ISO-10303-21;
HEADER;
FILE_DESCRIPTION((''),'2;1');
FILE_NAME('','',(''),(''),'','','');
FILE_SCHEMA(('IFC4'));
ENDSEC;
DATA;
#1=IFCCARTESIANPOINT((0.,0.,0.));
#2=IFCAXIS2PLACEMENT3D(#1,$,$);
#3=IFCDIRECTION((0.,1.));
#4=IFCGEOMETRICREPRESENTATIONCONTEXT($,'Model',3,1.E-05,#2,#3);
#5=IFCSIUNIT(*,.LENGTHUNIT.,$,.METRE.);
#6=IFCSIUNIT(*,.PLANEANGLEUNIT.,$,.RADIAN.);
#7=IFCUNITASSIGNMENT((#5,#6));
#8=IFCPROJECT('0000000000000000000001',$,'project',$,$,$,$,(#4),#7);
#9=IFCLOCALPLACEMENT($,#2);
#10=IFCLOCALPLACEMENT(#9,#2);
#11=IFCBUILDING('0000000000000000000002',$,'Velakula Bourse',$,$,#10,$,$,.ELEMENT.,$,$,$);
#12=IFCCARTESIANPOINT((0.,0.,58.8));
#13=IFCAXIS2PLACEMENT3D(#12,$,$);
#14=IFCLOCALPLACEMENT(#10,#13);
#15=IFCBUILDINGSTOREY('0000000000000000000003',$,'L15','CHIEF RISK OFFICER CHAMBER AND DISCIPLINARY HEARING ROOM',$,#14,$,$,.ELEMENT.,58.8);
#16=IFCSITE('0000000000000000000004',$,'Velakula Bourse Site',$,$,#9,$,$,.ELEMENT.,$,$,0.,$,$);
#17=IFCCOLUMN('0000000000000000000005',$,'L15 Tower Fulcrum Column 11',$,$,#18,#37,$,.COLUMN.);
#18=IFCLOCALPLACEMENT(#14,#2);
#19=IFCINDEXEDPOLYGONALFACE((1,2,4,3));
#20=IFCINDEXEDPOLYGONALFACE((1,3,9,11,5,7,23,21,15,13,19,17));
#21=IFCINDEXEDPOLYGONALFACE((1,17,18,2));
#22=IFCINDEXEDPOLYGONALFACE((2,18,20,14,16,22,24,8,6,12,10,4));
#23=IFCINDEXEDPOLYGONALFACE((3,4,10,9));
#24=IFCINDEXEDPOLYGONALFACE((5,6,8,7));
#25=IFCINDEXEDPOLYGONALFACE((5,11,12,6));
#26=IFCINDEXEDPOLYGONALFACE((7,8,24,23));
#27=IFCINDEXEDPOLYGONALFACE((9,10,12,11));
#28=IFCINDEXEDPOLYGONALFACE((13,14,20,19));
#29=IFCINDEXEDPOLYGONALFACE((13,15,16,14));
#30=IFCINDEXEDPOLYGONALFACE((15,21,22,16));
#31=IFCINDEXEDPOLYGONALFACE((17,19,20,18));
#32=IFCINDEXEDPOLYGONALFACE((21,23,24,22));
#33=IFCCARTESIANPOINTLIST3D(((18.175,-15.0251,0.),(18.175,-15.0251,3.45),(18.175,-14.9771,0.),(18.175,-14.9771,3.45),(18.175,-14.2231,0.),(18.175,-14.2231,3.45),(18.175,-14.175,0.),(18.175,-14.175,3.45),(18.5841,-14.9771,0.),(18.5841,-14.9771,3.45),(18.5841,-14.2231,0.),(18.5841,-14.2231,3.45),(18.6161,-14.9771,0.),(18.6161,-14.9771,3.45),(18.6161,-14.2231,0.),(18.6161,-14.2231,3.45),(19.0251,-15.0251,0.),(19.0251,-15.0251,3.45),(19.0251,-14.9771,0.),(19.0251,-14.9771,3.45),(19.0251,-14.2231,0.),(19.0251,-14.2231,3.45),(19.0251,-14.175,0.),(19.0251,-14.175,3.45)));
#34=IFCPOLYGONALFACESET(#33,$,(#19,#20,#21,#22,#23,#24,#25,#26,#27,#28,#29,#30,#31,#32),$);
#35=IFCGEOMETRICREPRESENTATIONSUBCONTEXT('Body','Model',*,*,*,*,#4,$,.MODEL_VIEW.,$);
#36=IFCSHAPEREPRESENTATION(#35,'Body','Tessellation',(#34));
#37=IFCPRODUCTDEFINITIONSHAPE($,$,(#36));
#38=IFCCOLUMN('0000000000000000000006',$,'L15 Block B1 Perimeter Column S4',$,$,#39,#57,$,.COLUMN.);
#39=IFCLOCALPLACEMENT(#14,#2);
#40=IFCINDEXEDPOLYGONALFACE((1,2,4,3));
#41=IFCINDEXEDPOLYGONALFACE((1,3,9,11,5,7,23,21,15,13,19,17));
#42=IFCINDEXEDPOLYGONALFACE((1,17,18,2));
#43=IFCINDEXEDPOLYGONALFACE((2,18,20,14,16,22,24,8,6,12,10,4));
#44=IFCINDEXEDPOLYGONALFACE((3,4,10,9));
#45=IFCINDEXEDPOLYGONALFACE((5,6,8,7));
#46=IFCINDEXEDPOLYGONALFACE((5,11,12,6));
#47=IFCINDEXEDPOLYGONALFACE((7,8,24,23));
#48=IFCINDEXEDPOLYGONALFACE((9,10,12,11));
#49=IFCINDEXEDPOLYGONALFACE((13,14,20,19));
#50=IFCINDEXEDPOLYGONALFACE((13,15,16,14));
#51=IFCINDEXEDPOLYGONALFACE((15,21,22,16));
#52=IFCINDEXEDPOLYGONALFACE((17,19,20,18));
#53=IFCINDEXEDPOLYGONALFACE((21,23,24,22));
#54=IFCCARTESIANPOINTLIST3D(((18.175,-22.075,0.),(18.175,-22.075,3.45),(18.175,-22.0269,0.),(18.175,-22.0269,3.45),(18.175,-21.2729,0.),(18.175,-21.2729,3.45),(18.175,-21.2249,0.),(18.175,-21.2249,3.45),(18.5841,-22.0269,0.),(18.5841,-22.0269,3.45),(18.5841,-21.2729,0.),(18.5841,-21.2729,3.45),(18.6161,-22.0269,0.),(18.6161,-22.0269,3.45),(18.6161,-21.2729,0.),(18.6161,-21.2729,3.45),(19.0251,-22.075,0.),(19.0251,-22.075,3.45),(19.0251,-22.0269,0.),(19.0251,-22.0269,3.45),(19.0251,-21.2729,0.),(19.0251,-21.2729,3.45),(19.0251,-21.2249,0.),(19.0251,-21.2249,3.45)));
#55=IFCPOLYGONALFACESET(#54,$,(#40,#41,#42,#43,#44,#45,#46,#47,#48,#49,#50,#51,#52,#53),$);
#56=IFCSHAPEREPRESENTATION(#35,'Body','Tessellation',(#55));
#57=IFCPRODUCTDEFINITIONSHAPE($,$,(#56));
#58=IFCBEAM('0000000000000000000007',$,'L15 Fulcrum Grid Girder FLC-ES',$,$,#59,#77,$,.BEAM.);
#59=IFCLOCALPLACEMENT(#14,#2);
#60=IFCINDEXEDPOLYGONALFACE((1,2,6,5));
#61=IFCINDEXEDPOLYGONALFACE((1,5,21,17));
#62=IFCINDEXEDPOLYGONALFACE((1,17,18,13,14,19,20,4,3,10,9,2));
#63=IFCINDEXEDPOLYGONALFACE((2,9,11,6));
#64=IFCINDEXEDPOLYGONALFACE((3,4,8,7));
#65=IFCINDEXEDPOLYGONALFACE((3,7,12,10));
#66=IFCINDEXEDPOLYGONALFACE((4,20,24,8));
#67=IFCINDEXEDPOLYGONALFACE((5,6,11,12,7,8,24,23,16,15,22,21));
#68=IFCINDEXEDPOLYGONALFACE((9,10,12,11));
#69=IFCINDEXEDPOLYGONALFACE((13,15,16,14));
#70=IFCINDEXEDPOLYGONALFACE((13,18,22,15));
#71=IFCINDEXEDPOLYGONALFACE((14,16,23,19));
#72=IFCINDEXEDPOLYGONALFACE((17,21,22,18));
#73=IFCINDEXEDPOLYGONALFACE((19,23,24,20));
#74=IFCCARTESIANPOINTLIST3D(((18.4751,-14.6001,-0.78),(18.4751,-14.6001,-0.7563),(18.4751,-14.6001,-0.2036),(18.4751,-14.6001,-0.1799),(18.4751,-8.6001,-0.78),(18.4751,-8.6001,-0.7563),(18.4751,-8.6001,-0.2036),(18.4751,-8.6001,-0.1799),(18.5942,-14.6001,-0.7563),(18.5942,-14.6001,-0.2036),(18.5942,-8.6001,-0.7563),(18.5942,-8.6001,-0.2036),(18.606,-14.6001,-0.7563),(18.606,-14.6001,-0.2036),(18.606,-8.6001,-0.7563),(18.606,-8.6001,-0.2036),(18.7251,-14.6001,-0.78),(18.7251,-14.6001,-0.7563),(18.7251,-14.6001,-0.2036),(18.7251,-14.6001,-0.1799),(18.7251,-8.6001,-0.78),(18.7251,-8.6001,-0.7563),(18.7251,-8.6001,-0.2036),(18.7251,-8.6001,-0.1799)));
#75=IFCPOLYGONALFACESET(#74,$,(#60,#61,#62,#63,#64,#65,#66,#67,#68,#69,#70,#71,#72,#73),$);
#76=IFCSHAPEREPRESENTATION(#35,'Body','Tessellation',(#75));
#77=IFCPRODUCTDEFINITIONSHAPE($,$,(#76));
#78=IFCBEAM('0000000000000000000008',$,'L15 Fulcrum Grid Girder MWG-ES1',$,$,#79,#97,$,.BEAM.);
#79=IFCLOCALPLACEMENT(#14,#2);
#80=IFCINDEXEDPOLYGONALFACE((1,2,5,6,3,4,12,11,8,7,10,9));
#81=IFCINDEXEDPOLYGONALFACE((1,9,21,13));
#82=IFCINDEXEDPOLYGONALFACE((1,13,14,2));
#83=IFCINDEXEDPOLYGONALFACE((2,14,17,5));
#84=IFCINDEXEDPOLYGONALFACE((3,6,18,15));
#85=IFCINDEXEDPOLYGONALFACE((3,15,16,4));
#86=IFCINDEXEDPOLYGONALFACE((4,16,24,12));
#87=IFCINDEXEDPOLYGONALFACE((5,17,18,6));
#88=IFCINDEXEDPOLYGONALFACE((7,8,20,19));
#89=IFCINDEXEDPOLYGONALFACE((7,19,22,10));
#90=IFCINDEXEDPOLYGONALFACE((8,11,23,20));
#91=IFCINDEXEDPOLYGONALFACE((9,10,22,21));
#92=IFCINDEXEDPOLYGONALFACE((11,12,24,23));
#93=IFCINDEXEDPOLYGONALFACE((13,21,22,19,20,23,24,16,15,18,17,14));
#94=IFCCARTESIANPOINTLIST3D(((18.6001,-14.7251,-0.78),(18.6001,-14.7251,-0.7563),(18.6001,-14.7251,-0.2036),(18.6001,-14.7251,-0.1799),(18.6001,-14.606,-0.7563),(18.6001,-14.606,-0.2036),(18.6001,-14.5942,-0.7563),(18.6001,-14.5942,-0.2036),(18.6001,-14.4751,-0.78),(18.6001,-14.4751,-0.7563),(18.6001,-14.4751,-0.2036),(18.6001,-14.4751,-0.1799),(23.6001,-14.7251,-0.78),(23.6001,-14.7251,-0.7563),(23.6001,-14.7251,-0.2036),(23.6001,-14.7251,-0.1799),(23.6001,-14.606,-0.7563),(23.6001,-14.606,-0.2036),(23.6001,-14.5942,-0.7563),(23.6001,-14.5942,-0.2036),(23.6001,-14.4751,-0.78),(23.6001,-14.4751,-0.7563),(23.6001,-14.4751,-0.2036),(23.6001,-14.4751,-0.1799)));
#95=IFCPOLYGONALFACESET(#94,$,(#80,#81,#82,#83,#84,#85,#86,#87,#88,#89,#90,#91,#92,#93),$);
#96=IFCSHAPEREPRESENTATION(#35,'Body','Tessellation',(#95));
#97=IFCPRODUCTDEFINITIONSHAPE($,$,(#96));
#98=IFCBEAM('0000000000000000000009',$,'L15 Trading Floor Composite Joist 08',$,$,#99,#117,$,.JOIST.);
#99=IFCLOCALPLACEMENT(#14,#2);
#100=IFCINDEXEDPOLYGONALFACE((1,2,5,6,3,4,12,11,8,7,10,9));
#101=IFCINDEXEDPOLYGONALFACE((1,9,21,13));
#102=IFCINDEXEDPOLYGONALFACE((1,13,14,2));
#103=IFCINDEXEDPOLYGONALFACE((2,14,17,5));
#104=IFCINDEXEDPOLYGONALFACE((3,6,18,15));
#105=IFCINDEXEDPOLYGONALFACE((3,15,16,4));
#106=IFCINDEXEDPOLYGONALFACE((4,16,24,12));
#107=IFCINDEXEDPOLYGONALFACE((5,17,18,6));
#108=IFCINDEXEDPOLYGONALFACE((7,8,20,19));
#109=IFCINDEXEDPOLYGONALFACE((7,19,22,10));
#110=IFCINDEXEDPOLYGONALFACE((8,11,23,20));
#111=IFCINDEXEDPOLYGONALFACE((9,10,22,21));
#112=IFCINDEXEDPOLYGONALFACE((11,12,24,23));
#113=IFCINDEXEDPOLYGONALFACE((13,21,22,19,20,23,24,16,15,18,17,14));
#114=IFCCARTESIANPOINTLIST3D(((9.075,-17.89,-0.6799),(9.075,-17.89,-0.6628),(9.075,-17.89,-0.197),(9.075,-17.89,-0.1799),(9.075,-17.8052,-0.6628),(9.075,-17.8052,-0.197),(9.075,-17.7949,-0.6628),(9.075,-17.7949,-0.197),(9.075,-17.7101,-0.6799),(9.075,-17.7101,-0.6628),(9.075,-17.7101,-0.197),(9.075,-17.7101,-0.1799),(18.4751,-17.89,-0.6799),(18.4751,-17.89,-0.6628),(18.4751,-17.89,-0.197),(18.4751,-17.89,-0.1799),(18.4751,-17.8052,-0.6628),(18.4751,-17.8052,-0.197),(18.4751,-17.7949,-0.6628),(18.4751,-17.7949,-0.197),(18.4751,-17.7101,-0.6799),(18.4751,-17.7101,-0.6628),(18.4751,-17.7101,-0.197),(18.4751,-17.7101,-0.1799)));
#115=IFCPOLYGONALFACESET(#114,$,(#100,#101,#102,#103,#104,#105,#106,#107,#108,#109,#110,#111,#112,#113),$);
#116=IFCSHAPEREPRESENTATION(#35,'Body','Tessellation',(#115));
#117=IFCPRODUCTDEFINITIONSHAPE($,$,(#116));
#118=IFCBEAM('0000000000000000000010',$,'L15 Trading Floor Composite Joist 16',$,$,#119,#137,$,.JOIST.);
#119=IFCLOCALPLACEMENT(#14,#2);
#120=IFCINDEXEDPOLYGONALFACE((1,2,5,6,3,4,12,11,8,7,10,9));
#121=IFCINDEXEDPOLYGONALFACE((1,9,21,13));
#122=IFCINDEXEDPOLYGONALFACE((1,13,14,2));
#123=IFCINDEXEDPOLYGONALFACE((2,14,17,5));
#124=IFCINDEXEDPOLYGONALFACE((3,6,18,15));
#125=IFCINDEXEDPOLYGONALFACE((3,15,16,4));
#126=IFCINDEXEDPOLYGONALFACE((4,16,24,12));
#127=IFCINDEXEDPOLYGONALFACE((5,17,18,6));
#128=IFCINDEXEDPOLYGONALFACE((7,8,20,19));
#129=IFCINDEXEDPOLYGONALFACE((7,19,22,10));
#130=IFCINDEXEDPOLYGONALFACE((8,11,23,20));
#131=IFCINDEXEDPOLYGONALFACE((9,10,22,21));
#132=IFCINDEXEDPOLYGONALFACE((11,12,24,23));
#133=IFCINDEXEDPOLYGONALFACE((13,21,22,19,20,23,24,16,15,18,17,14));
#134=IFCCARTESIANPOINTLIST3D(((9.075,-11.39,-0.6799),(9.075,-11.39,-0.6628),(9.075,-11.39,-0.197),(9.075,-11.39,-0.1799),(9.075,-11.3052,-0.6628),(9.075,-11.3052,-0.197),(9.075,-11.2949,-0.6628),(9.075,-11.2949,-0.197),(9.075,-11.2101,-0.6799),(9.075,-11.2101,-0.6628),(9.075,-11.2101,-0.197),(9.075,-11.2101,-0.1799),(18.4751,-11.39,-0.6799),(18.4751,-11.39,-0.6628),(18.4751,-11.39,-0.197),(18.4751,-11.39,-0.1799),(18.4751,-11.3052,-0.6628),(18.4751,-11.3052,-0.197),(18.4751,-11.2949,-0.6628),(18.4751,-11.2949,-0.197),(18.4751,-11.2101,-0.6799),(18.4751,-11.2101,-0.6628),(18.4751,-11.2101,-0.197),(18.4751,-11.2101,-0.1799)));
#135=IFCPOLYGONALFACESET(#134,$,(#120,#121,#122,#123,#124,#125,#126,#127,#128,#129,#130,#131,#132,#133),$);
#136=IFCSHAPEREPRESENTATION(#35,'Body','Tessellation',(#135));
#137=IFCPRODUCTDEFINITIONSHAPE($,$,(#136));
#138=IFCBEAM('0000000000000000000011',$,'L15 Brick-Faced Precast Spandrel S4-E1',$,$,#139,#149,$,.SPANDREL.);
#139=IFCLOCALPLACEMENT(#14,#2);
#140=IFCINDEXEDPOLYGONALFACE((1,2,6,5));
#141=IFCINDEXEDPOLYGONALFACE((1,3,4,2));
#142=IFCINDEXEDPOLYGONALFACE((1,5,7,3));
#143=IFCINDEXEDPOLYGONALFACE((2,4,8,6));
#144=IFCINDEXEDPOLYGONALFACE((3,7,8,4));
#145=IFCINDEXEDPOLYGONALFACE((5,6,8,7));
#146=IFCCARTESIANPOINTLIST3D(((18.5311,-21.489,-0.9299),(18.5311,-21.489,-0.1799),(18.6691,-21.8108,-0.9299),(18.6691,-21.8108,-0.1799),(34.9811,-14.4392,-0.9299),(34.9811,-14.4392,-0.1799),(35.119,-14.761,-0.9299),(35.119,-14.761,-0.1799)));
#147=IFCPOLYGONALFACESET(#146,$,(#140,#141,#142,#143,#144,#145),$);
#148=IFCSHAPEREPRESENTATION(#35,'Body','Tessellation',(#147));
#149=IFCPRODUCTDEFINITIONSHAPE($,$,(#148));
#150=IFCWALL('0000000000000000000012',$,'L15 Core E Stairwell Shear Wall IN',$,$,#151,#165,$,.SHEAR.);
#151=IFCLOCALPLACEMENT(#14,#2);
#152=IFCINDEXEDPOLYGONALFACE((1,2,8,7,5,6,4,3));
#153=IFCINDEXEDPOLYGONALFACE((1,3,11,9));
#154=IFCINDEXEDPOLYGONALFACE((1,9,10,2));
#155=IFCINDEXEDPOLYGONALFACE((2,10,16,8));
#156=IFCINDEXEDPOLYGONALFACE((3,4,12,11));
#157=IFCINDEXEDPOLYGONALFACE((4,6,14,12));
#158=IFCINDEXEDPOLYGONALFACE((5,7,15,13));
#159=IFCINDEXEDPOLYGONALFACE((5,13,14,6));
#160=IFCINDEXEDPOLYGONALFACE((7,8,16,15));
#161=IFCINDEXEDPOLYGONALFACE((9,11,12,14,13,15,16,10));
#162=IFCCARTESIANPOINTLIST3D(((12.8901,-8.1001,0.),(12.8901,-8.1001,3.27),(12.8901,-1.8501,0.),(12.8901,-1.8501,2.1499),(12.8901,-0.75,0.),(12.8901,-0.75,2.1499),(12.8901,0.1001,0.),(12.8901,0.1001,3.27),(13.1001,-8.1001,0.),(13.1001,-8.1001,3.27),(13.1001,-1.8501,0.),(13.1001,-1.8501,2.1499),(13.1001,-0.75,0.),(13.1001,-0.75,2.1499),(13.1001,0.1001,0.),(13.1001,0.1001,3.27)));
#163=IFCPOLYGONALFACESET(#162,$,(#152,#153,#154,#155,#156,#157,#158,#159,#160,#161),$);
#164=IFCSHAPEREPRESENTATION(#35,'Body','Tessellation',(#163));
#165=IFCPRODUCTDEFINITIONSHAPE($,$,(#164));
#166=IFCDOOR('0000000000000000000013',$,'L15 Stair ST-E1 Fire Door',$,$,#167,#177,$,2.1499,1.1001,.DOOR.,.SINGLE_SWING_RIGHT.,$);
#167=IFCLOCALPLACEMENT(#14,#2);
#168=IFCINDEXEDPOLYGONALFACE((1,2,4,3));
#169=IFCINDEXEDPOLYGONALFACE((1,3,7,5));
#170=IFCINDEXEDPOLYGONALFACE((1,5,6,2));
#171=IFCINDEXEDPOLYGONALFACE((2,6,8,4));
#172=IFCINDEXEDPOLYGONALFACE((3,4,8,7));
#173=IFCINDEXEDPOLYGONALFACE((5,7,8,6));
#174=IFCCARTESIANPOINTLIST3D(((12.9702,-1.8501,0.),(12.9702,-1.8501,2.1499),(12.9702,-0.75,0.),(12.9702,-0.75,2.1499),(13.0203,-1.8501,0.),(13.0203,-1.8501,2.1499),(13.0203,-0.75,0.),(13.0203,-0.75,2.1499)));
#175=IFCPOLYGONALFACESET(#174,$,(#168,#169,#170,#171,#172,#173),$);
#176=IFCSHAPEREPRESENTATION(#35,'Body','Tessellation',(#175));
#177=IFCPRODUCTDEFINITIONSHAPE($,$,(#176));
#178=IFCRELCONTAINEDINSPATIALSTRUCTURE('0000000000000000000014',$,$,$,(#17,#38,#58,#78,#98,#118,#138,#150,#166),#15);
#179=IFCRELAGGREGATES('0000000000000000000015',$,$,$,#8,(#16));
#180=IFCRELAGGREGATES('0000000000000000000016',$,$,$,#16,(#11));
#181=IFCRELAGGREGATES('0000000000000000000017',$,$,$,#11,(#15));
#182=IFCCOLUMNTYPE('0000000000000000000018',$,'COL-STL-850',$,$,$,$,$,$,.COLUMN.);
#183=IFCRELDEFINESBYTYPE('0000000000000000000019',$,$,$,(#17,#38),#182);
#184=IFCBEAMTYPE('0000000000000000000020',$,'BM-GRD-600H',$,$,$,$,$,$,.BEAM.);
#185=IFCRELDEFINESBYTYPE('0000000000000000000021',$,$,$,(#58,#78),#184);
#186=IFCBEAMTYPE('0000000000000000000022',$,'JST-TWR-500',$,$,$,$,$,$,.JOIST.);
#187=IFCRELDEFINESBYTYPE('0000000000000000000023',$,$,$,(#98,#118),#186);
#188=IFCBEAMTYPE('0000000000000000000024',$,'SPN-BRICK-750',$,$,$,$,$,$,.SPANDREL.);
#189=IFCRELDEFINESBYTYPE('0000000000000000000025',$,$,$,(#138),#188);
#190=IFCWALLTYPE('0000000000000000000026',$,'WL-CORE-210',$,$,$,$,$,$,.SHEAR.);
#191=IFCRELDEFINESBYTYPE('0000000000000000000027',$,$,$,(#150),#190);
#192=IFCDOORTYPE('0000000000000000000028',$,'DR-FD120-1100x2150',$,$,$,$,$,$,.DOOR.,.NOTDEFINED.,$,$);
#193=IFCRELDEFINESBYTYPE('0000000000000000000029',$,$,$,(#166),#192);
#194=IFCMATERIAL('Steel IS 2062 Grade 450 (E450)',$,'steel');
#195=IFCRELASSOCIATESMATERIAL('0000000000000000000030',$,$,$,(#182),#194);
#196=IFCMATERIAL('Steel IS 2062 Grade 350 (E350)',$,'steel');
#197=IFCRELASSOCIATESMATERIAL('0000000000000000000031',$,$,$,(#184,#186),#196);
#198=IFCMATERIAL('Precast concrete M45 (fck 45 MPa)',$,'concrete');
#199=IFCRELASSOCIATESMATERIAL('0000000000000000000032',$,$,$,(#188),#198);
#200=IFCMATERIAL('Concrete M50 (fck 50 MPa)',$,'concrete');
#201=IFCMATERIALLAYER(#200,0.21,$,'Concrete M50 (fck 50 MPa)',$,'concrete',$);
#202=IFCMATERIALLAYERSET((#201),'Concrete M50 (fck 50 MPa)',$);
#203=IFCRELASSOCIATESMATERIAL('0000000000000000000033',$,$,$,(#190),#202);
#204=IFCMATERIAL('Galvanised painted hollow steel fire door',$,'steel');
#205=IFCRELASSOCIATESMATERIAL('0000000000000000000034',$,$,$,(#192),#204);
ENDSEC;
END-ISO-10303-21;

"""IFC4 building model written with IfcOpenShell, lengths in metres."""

from ifc_helpers import new_model, si_unit, direction, frame, frame_2d, origin, origin_2d, place, context, subcontext, project, spatial, rectangle, i_section, extrude, material, layer, layer_set, material_profile, profile_set, type_object, element, fill, save


model = new_model("IFC4")

# Units and contexts
model_context = context("Model", 3, precision=1e-05, world=origin(), true_north=direction((0.0, 1.0)))
body_context = subcontext(model_context, "Body", "Model", "MODEL_VIEW")
ifc_project = project(units=[si_unit("LENGTHUNIT", "METRE"), si_unit("PLANEANGLEUNIT", "RADIAN")], contexts=[model_context])

# Site, building, storey
site_placement = place(None, origin())
site = spatial("IfcSite", under=ifc_project, at=site_placement, Name="Velakula Bourse Site", CompositionType="ELEMENT", RefElevation=0.0)
building_placement = place(site_placement, origin())
building = spatial("IfcBuilding", under=site, at=building_placement, Name="Velakula Bourse", CompositionType="ELEMENT")
storey_placement = place(building_placement, frame((0.0, 0.0, 58.8)))
storey = spatial("IfcBuildingStorey", under=building, at=storey_placement, Name="L15", Description="CHIEF RISK OFFICER CHAMBER AND DISCIPLINARY HEARING ROOM", CompositionType="ELEMENT", Elevation=58.8)

# Columns
ifc_material_1 = material(Name="Steel IS 2062 Grade 450 (E450)", Category="steel")
ifc_material_profile_1 = material_profile(ifc_material_1, i_section(OverallWidth=0.8501, OverallDepth=0.8501, WebThickness=0.032, FlangeThickness=0.0481, at=origin_2d()), Name="Steel IS 2062 Grade 450 (E450)")
ifc_profile_set_1 = profile_set([ifc_material_profile_1], Name="Steel IS 2062 Grade 450 (E450)")
column_type = type_object("IfcColumnType", Name="COL-STL-850", PredefinedType="COLUMN", material=ifc_profile_set_1)
for number, where, z_axis, x_axis, name in (
    (1, (18.6001, -14.6001, 0.0), (0.0, 0.0, 1.0), (1.0, 0.0, 0.0), "L15 Tower Fulcrum Column 11"),
    (2, (18.6001, -21.6499, 0.0), (0.0, 0.0, 1.0), (1.0, 0.0, 0.0), "L15 Block B1 Perimeter Column S4"),
):
    element("IfcColumn", number, at=place(storey_placement, frame(where, z_axis=z_axis, x_axis=x_axis)), inside=storey, type_object=column_type, Name=name, PredefinedType="COLUMN", context=body_context, shape_type="SweptSolid", body=[
        extrude(i_section(OverallWidth=0.8501, OverallDepth=0.8501, WebThickness=0.032, FlangeThickness=0.0481, at=origin_2d()), origin(), (0.0, 0.0, 1.0), 3.45),
    ])

# Beams
ifc_material_2 = material(Name="Steel IS 2062 Grade 350 (E350)", Category="steel")
ifc_material_profile_2 = material_profile(ifc_material_2, i_section(OverallWidth=0.25, OverallDepth=0.6001, WebThickness=0.0117, FlangeThickness=0.0237, at=origin_2d()), Name="Steel IS 2062 Grade 350 (E350)")
ifc_profile_set_2 = profile_set([ifc_material_profile_2], Name="Steel IS 2062 Grade 350 (E350)")
beam_type_1 = type_object("IfcBeamType", Name="BM-GRD-600H", PredefinedType="BEAM", material=ifc_profile_set_2)
beam_1_placement = place(storey_placement, frame((18.6001, -14.6001, -0.48), z_axis=(0.0, 1.0, 0.0), x_axis=(-1.0, 0.0, 0.0)))
element("IfcBeam", 3, at=beam_1_placement, inside=storey, type_object=beam_type_1, Name="L15 Fulcrum Grid Girder FLC-ES", PredefinedType="BEAM", context=body_context, shape_type="SweptSolid", body=[
    extrude(i_section(OverallWidth=0.25, OverallDepth=0.6001, WebThickness=0.0117, FlangeThickness=0.0237, at=origin_2d()), origin(), (0.0, 0.0, 1.0), 6.0),
])
beam_2_placement = place(storey_placement, frame((18.6001, -14.6001, -0.48), z_axis=(1.0, 0.0, 0.0), x_axis=(0.0, 1.0, 0.0)))
element("IfcBeam", 4, at=beam_2_placement, inside=storey, type_object=beam_type_1, Name="L15 Fulcrum Grid Girder MWG-ES1", PredefinedType="BEAM", context=body_context, shape_type="SweptSolid", body=[
    extrude(i_section(OverallWidth=0.25, OverallDepth=0.6001, WebThickness=0.0117, FlangeThickness=0.0237, at=origin_2d()), origin(), (0.0, 0.0, 1.0), 5.0),
])
ifc_material_profile_3 = material_profile(ifc_material_2, i_section(OverallWidth=0.1799, OverallDepth=0.5, WebThickness=0.0103, FlangeThickness=0.0171, at=origin_2d()), Name="Steel IS 2062 Grade 350 (E350)")
ifc_profile_set_3 = profile_set([ifc_material_profile_3], Name="Steel IS 2062 Grade 350 (E350)")
beam_type_2 = type_object("IfcBeamType", Name="JST-TWR-500", PredefinedType="JOIST", material=ifc_profile_set_3)
for number, where, z_axis, x_axis, name in (
    (5, (9.075, -17.8, -0.4299), (1.0, 0.0, 0.0), (0.0, 1.0, 0.0), "L15 Trading Floor Composite Joist 08"),
    (6, (9.075, -11.3, -0.4299), (1.0, 0.0, 0.0), (0.0, 1.0, 0.0), "L15 Trading Floor Composite Joist 16"),
):
    element("IfcBeam", number, at=place(storey_placement, frame(where, z_axis=z_axis, x_axis=x_axis)), inside=storey, type_object=beam_type_2, Name=name, PredefinedType="JOIST", context=body_context, shape_type="SweptSolid", body=[
        extrude(i_section(OverallWidth=0.1799, OverallDepth=0.5, WebThickness=0.0103, FlangeThickness=0.0171, at=origin_2d()), origin(), (0.0, 0.0, 1.0), 9.4001),
    ])
ifc_material_3 = material(Name="Precast concrete M45 (fck 45 MPa)", Category="concrete")
ifc_material_profile_4 = material_profile(ifc_material_3, rectangle(XDim=0.3501, YDim=0.75, at=origin_2d()), Name="Precast concrete M45 (fck 45 MPa)")
ifc_profile_set_4 = profile_set([ifc_material_profile_4], Name="Precast concrete M45 (fck 45 MPa)")
beam_type_3 = type_object("IfcBeamType", Name="SPN-BRICK-750", PredefinedType="SPANDREL", material=ifc_profile_set_4)
beam_3_placement = place(storey_placement, frame((18.6001, -21.6499, -0.5549), z_axis=(0.919149, 0.393911, 0.0), x_axis=(-0.393911, 0.919149, 0.0)))
element("IfcBeam", 7, at=beam_3_placement, inside=storey, type_object=beam_type_3, Name="L15 Brick-Faced Precast Spandrel S4-E1", PredefinedType="SPANDREL", context=body_context, shape_type="SweptSolid", body=[
    extrude(rectangle(XDim=0.3501, YDim=0.75, at=origin_2d()), origin(), (0.0, 0.0, 1.0), 17.897),
])

# Wall, opening, door
ifc_material_4 = material(Name="Concrete M50 (fck 50 MPa)", Category="concrete")
ifc_layer_1 = layer(ifc_material_4, 0.21, Name="Concrete M50 (fck 50 MPa)", Category="concrete")
ifc_layer_set_1 = layer_set([ifc_layer_1], Name="Concrete M50 (fck 50 MPa)")
wall_type_1 = type_object("IfcWallType", Name="WL-CORE-210", PredefinedType="SHEAR", material=ifc_layer_set_1)
wall_1_placement = place(storey_placement, frame((12.9951, -8.1001, 0.0), z_axis=(0.0, 0.0, 1.0), x_axis=(0.0, 1.0, 0.0)))
wall_1 = element("IfcWall", 8, at=wall_1_placement, inside=storey, type_object=wall_type_1, Name="L15 Core E Stairwell Shear Wall IN", PredefinedType="SHEAR", context=body_context, shape_type="SweptSolid", body=[
    extrude(rectangle(XDim=8.2002, YDim=0.21, at=frame_2d((4.1001, 0.0))), origin(), (0.0, 0.0, 1.0), 3.27),
])
opening_1_placement = place(wall_1_placement, frame((6.25, 0.0, 0.0)))
opening_1 = element("IfcOpeningElement", 9, at=opening_1_placement, cuts=wall_1, PredefinedType="OPENING", context=body_context, shape_type="SweptSolid", body=[
    extrude(rectangle(XDim=1.1001, YDim=2.1499, at=frame_2d((0.55, 1.075))), frame((0.0, 0.115, 0.0), z_axis=(0.0, -1.0, 0.0), x_axis=(1.0, 0.0, 0.0)), (0.0, 0.0, 1.0), 0.23),
])
ifc_material_5 = material(Name="Galvanised painted hollow steel fire door", Category="steel")
door_type_1 = type_object("IfcDoorType", Name="DR-FD120-1100x2150", OperationType="NOTDEFINED", PredefinedType="DOOR", material=ifc_material_5)
door_1_placement = place(opening_1_placement, origin())
door_1 = element("IfcDoor", 10, at=door_1_placement, inside=storey, type_object=door_type_1, Name="L15 Stair ST-E1 Fire Door", OperationType="SINGLE_SWING_RIGHT", OverallHeight=2.1499, OverallWidth=1.1001, PredefinedType="DOOR", context=body_context, shape_type="SweptSolid", body=[
    extrude(rectangle(XDim=1.1001, YDim=2.1499, at=frame_2d((0.55, 1.075))), frame((0.0, 0.0249, 0.0), z_axis=(0.0, -1.0, 0.0), x_axis=(1.0, 0.0, 0.0)), (0.0, 0.0, 1.0), 0.05),
])
fill(opening_1, door_1)

save(model, "model.ifc")
